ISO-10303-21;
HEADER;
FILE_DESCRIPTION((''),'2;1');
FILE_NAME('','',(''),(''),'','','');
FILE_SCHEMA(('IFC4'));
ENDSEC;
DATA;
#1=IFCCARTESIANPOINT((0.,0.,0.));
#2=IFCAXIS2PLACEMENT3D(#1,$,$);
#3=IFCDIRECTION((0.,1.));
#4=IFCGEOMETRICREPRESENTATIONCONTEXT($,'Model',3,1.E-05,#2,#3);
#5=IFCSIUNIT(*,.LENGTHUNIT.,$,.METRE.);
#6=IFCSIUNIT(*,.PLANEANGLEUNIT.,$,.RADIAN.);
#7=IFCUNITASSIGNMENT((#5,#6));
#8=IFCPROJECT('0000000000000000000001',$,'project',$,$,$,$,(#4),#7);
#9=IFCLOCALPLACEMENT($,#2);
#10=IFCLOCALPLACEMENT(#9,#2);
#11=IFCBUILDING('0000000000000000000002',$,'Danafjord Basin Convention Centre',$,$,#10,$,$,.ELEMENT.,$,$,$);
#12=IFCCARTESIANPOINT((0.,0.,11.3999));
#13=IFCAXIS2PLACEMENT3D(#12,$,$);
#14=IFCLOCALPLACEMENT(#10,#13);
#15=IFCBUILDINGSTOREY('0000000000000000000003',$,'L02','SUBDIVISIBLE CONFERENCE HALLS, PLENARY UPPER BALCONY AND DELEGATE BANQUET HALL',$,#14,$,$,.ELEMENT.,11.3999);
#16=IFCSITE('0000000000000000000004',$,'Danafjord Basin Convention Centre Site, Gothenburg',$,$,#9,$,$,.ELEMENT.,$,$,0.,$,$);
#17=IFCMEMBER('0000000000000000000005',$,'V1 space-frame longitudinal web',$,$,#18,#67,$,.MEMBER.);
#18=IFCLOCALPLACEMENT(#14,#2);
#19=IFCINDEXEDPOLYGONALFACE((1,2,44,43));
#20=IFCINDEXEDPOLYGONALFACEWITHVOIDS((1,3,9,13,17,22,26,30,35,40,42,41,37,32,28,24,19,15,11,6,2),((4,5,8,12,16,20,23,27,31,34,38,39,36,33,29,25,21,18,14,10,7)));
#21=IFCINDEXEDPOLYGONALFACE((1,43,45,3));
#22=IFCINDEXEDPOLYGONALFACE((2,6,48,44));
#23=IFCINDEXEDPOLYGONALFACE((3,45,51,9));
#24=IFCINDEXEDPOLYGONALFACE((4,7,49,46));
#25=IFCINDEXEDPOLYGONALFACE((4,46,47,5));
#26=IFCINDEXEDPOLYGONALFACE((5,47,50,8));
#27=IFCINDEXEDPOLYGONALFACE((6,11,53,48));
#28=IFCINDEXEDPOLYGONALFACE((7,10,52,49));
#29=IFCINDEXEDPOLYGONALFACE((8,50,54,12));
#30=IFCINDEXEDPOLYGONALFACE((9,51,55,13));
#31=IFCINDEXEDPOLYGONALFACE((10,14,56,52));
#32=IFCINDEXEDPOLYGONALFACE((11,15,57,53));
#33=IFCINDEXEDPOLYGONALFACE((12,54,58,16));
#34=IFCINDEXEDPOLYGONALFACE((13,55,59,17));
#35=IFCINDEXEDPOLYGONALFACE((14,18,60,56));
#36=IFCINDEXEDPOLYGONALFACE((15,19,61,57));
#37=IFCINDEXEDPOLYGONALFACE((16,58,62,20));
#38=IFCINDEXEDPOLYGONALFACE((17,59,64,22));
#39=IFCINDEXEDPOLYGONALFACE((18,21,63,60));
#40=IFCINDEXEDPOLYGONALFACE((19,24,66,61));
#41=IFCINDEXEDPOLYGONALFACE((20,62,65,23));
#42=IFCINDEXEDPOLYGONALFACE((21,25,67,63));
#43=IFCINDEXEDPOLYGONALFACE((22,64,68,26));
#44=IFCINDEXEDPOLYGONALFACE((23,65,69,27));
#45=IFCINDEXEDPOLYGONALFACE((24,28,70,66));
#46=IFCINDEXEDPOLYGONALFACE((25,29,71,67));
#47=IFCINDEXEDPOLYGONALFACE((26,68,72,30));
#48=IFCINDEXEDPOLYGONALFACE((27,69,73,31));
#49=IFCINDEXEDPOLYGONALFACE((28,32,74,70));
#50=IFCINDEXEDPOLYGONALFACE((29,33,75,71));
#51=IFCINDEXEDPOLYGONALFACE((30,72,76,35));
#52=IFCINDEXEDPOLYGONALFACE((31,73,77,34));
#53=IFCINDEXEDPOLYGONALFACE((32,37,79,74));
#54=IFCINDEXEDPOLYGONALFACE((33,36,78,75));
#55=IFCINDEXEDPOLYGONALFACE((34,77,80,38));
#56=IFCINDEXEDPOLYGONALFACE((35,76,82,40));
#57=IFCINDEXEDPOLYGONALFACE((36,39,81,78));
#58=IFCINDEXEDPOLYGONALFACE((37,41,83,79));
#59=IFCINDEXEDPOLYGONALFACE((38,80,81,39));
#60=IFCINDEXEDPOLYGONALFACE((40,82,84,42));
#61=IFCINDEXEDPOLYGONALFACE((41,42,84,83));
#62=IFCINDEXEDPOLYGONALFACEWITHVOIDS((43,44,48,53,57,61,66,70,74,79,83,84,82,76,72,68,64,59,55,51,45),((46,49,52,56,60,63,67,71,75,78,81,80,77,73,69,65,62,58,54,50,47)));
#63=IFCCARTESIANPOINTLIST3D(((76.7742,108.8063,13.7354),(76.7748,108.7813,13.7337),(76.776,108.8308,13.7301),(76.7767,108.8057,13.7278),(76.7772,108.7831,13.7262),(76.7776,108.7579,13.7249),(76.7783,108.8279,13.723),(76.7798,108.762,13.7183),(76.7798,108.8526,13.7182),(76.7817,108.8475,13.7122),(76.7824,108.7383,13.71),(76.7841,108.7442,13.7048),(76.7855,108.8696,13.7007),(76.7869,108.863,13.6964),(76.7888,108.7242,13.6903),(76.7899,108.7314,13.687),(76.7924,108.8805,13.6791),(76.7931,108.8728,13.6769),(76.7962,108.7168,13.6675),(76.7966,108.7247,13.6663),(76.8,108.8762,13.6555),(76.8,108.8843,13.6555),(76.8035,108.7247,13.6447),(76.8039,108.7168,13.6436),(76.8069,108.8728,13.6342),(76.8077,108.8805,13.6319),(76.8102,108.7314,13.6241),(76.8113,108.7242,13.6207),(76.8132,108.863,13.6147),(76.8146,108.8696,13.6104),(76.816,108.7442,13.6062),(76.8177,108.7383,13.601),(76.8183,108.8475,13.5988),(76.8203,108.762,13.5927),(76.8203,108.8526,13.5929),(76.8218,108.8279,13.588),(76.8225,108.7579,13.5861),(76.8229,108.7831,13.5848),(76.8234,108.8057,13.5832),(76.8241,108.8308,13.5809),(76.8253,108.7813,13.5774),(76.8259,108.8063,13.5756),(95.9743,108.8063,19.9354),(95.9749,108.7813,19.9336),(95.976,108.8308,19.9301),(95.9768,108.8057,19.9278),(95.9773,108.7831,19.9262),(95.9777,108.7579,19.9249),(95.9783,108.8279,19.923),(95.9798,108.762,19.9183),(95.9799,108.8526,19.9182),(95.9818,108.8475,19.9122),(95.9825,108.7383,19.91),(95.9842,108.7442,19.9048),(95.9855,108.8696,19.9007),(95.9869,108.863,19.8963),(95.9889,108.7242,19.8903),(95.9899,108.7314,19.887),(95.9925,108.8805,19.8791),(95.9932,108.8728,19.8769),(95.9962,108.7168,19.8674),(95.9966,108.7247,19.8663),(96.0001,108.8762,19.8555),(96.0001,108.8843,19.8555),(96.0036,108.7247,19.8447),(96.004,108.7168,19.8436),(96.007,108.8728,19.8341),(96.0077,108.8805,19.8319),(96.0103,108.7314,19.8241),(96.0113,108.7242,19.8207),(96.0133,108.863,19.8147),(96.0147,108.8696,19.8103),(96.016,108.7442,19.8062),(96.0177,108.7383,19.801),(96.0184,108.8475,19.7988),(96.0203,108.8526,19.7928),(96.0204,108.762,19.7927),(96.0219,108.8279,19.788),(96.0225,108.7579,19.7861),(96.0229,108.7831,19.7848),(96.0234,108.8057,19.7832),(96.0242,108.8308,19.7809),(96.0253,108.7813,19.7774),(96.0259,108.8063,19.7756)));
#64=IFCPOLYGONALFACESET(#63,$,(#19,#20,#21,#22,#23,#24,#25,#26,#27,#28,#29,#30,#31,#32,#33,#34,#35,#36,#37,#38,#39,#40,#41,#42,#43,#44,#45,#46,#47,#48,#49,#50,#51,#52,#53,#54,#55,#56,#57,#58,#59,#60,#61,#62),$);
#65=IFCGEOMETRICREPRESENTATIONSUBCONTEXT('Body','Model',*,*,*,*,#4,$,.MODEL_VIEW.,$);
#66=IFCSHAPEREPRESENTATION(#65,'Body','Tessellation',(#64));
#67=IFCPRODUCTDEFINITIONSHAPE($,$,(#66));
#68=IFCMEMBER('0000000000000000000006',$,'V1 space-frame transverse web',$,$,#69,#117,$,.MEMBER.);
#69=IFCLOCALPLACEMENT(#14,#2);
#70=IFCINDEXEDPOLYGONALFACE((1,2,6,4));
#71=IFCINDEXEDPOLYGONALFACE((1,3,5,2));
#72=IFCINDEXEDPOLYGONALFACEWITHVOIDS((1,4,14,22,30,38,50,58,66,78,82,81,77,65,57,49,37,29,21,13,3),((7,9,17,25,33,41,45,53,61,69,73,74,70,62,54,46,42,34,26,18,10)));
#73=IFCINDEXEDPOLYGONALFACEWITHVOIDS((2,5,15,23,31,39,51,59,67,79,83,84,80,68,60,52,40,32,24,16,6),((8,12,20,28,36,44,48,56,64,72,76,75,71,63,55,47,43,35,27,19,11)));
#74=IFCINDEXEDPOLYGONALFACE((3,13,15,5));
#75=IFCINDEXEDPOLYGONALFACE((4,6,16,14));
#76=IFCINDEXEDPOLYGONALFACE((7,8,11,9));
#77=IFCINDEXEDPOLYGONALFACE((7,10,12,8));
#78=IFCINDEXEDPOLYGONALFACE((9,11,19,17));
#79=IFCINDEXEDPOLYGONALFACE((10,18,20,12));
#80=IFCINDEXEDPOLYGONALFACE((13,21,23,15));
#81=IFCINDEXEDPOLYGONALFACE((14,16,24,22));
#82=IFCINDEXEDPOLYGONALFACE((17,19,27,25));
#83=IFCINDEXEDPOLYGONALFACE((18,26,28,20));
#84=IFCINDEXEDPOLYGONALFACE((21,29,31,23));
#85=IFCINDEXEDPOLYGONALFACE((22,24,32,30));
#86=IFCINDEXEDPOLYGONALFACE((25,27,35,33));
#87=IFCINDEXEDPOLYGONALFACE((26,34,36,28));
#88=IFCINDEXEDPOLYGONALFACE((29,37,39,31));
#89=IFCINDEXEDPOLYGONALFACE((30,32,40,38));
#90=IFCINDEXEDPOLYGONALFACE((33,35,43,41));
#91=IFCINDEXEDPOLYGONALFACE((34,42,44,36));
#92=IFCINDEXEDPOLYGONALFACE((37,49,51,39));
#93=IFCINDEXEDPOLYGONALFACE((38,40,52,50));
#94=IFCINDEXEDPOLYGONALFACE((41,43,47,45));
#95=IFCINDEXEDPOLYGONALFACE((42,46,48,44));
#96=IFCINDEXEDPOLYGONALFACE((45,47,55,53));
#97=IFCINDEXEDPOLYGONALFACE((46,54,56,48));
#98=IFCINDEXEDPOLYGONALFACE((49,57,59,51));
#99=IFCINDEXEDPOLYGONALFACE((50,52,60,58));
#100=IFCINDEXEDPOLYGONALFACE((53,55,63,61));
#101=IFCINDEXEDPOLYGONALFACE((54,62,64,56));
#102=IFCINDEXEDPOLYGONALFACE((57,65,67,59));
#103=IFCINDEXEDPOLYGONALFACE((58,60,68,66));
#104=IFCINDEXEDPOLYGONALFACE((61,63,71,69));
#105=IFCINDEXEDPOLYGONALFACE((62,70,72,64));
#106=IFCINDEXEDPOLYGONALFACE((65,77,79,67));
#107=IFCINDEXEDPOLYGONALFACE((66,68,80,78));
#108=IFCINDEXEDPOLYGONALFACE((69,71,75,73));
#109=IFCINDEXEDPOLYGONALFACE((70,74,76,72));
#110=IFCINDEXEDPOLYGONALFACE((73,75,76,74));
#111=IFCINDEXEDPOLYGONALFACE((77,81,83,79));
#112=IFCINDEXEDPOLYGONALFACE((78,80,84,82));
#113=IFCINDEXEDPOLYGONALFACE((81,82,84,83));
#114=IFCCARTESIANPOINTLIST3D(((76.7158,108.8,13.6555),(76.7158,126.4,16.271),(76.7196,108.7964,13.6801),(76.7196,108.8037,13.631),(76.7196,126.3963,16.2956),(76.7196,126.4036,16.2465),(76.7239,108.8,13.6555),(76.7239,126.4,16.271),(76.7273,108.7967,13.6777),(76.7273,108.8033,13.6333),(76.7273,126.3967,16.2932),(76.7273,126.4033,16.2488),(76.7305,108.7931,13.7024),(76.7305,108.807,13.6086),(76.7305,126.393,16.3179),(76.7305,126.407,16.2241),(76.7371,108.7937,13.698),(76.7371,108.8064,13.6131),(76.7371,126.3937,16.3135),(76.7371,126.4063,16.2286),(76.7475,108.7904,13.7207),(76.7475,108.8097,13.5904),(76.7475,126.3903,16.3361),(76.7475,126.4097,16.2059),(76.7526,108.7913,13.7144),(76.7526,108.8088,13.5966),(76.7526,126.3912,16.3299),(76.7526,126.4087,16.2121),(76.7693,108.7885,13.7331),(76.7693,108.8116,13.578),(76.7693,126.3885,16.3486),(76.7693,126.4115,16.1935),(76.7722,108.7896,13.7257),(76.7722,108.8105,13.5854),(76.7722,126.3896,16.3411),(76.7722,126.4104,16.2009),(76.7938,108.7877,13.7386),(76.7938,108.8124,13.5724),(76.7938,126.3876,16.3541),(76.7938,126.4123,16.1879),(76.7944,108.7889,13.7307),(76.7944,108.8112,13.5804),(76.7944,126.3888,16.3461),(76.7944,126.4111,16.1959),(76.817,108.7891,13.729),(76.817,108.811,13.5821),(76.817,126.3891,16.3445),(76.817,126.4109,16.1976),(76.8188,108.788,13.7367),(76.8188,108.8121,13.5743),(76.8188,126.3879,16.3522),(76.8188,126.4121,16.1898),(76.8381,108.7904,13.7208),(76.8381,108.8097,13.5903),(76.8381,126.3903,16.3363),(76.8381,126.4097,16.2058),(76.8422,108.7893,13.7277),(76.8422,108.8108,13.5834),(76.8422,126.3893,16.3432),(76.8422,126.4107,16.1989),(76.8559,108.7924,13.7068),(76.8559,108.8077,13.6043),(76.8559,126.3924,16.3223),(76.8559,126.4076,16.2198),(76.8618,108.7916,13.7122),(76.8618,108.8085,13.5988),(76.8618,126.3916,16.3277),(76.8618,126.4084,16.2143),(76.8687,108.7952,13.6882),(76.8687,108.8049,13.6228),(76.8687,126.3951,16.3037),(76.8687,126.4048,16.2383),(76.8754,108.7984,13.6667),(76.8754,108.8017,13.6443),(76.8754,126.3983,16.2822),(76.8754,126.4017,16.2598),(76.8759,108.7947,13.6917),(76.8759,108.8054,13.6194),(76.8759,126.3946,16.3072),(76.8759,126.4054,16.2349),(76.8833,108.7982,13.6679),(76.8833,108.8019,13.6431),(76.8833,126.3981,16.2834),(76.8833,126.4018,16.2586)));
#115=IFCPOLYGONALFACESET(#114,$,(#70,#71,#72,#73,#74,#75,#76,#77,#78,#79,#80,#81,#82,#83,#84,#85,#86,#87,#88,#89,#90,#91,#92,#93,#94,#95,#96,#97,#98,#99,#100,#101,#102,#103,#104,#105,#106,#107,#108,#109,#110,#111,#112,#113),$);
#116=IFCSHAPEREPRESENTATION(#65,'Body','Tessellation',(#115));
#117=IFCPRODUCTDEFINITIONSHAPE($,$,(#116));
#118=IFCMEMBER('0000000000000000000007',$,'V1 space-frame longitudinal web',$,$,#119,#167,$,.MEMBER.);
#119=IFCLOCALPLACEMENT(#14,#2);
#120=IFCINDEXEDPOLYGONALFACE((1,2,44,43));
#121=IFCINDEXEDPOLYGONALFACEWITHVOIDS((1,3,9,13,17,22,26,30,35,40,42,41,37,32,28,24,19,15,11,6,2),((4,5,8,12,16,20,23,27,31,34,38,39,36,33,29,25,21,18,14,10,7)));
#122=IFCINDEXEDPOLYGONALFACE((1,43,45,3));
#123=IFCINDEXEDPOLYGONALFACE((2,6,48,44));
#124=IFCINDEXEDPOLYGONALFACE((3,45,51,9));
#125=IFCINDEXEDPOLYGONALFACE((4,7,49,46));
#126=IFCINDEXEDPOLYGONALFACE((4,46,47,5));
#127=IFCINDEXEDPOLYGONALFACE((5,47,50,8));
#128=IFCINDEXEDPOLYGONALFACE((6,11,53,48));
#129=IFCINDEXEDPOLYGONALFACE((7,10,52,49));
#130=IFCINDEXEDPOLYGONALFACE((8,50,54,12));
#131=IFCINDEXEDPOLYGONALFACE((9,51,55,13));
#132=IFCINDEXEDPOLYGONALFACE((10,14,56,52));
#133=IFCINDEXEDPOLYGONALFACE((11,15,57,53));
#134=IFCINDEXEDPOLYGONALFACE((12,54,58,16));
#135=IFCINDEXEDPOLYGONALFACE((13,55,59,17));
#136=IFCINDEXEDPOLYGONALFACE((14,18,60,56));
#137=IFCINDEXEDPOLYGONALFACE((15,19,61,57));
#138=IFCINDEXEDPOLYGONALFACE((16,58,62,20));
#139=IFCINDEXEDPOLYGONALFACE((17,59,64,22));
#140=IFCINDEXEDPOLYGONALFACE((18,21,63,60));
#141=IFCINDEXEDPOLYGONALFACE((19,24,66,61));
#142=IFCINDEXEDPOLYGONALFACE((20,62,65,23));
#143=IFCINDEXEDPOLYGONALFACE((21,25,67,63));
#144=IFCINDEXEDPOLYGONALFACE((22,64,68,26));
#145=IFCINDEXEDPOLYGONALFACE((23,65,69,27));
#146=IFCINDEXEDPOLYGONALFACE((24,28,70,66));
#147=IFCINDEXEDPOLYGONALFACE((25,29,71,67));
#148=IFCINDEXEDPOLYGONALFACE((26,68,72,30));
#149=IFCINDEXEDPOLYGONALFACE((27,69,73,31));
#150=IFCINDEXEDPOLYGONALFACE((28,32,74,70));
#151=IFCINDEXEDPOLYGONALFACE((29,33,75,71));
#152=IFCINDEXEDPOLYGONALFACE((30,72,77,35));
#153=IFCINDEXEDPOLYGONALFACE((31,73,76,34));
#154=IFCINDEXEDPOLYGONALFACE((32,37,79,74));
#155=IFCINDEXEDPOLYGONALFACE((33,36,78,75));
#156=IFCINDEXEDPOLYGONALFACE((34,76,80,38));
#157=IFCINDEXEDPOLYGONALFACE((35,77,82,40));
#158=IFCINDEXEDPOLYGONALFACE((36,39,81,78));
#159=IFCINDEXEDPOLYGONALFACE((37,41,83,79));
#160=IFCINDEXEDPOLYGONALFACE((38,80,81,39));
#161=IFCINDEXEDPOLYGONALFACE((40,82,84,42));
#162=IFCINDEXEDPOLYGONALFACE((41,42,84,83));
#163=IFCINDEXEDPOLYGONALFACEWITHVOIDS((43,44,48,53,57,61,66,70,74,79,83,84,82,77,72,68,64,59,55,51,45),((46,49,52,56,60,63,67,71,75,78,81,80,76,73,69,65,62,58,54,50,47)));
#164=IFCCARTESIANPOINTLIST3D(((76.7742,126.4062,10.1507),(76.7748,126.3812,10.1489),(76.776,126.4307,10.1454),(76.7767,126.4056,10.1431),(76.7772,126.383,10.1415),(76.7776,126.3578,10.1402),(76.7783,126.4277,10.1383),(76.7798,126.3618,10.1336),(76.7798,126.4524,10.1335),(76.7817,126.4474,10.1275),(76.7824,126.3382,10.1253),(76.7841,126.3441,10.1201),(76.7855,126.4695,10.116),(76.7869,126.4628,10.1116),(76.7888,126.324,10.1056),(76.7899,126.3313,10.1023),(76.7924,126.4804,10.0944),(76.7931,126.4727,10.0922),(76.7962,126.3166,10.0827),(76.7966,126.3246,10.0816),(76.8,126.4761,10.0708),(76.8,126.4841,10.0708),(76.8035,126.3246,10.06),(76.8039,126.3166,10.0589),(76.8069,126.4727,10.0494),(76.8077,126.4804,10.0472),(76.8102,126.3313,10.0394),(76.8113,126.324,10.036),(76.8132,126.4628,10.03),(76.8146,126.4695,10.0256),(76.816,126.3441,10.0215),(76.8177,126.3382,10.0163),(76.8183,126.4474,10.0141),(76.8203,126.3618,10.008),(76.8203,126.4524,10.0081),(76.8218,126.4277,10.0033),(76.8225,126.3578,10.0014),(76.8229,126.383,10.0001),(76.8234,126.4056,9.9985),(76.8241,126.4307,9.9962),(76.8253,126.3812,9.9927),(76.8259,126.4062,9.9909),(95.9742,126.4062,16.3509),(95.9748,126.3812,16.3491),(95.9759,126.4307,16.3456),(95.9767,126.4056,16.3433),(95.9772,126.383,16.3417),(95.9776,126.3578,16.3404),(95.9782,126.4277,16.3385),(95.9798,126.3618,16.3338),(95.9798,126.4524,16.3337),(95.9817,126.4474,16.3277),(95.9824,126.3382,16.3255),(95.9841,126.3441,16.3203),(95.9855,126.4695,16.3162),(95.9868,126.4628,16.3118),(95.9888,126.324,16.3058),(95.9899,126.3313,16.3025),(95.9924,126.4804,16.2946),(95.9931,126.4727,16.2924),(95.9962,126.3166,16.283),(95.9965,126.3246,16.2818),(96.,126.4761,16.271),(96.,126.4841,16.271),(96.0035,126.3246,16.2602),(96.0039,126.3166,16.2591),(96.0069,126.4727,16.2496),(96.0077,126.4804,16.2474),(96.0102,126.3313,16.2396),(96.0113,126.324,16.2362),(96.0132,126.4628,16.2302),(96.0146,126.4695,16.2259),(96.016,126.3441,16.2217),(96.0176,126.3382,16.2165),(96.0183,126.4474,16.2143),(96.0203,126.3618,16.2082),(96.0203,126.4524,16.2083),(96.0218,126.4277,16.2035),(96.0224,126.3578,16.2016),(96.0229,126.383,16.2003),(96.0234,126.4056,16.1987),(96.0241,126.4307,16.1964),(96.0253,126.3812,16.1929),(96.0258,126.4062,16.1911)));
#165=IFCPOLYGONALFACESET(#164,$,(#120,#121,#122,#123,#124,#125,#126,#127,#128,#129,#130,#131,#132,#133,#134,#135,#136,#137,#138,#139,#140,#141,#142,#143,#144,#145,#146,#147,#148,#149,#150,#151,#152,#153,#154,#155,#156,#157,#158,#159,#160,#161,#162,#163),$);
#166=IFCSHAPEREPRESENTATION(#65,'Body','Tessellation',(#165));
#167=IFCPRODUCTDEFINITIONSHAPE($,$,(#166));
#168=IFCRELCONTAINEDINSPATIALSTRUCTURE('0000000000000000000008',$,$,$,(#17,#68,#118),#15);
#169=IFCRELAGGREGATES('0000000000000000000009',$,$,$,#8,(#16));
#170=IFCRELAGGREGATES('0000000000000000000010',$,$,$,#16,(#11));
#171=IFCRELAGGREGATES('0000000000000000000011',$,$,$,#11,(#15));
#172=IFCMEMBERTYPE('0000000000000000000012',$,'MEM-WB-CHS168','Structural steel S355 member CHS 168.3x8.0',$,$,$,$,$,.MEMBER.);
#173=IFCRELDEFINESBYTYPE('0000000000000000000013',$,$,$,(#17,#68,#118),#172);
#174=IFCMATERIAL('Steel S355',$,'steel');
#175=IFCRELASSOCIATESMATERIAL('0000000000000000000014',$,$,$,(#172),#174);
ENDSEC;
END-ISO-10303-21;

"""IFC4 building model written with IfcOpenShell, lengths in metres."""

from ifc_helpers import new_model, si_unit, direction, frame, origin, origin_2d, place, context, subcontext, project, spatial, hollow_circle, extrude, material, material_profile, profile_set, type_object, element, save


model = new_model("IFC4")

# Units and contexts
model_context = context("Model", 3, precision=1e-05, world=origin(), true_north=direction((0.0, 1.0)))
body_context = subcontext(model_context, "Body", "Model", "MODEL_VIEW")
ifc_project = project(units=[si_unit("LENGTHUNIT", "METRE"), si_unit("PLANEANGLEUNIT", "RADIAN")], contexts=[model_context])

# Site, building, storey
site_placement = place(None, origin())
site = spatial("IfcSite", under=ifc_project, at=site_placement, Name="Danafjord Basin Convention Centre Site, Gothenburg", CompositionType="ELEMENT", RefElevation=0.0)
building_placement = place(site_placement, origin())
building = spatial("IfcBuilding", under=site, at=building_placement, Name="Danafjord Basin Convention Centre", CompositionType="ELEMENT")
storey_placement = place(building_placement, frame((0.0, 0.0, 11.3999)))
storey = spatial("IfcBuildingStorey", under=building, at=storey_placement, Name="L02", Description="SUBDIVISIBLE CONFERENCE HALLS, PLENARY UPPER BALCONY AND DELEGATE BANQUET HALL", CompositionType="ELEMENT", Elevation=11.3999)

# Shared definitions
ifc_material_1 = material(Name="Steel S355", Category="steel")

# Members
ifc_material_profile_1 = material_profile(ifc_material_1, hollow_circle(Radius=0.0842, WallThickness=0.0081, at=origin_2d()), Name="CHS 168.3x8.0")
ifc_profile_set_1 = profile_set([ifc_material_profile_1], Name="Steel S355")
member_type_1 = type_object("IfcMemberType", Name="MEM-WB-CHS168", Description="Structural steel S355 member CHS 168.3x8.0", PredefinedType="MEMBER", material=ifc_profile_set_1)
member_1_placement = place(storey_placement, frame((76.8, 108.8, 13.6555), z_axis=(0.951616, 0.0, 0.307291), x_axis=(0.0, 1.0, 0.0)))
element("IfcMember", 1, at=member_1_placement, inside=storey, type_object=member_type_1, Name="V1 space-frame longitudinal web", PredefinedType="MEMBER", context=body_context, shape_type="SweptSolid", body=[
    extrude(hollow_circle(Radius=0.0842, WallThickness=0.0081, at=origin_2d()), origin(), (0.0, 0.0, 1.0), 20.1763),
])
member_2_placement = place(storey_placement, frame((76.8, 108.8, 13.6555), z_axis=(0.0, 0.989137, 0.146994), x_axis=(-1.0, 0.0, 0.0)))
element("IfcMember", 2, at=member_2_placement, inside=storey, type_object=member_type_1, Name="V1 space-frame transverse web", PredefinedType="MEMBER", context=body_context, shape_type="SweptSolid", body=[
    extrude(hollow_circle(Radius=0.0842, WallThickness=0.0081, at=origin_2d()), origin(), (0.0, 0.0, 1.0), 17.7932),
])
member_3_placement = place(storey_placement, frame((76.8, 126.3999, 10.0708), z_axis=(0.951612, 0.0, 0.307302), x_axis=(0.0, 1.0, 0.0)))
element("IfcMember", 3, at=member_3_placement, inside=storey, type_object=member_type_1, Name="V1 space-frame longitudinal web", PredefinedType="MEMBER", context=body_context, shape_type="SweptSolid", body=[
    extrude(hollow_circle(Radius=0.0842, WallThickness=0.0081, at=origin_2d()), origin(), (0.0, 0.0, 1.0), 20.1763),
])

save(model, "model.ifc")
